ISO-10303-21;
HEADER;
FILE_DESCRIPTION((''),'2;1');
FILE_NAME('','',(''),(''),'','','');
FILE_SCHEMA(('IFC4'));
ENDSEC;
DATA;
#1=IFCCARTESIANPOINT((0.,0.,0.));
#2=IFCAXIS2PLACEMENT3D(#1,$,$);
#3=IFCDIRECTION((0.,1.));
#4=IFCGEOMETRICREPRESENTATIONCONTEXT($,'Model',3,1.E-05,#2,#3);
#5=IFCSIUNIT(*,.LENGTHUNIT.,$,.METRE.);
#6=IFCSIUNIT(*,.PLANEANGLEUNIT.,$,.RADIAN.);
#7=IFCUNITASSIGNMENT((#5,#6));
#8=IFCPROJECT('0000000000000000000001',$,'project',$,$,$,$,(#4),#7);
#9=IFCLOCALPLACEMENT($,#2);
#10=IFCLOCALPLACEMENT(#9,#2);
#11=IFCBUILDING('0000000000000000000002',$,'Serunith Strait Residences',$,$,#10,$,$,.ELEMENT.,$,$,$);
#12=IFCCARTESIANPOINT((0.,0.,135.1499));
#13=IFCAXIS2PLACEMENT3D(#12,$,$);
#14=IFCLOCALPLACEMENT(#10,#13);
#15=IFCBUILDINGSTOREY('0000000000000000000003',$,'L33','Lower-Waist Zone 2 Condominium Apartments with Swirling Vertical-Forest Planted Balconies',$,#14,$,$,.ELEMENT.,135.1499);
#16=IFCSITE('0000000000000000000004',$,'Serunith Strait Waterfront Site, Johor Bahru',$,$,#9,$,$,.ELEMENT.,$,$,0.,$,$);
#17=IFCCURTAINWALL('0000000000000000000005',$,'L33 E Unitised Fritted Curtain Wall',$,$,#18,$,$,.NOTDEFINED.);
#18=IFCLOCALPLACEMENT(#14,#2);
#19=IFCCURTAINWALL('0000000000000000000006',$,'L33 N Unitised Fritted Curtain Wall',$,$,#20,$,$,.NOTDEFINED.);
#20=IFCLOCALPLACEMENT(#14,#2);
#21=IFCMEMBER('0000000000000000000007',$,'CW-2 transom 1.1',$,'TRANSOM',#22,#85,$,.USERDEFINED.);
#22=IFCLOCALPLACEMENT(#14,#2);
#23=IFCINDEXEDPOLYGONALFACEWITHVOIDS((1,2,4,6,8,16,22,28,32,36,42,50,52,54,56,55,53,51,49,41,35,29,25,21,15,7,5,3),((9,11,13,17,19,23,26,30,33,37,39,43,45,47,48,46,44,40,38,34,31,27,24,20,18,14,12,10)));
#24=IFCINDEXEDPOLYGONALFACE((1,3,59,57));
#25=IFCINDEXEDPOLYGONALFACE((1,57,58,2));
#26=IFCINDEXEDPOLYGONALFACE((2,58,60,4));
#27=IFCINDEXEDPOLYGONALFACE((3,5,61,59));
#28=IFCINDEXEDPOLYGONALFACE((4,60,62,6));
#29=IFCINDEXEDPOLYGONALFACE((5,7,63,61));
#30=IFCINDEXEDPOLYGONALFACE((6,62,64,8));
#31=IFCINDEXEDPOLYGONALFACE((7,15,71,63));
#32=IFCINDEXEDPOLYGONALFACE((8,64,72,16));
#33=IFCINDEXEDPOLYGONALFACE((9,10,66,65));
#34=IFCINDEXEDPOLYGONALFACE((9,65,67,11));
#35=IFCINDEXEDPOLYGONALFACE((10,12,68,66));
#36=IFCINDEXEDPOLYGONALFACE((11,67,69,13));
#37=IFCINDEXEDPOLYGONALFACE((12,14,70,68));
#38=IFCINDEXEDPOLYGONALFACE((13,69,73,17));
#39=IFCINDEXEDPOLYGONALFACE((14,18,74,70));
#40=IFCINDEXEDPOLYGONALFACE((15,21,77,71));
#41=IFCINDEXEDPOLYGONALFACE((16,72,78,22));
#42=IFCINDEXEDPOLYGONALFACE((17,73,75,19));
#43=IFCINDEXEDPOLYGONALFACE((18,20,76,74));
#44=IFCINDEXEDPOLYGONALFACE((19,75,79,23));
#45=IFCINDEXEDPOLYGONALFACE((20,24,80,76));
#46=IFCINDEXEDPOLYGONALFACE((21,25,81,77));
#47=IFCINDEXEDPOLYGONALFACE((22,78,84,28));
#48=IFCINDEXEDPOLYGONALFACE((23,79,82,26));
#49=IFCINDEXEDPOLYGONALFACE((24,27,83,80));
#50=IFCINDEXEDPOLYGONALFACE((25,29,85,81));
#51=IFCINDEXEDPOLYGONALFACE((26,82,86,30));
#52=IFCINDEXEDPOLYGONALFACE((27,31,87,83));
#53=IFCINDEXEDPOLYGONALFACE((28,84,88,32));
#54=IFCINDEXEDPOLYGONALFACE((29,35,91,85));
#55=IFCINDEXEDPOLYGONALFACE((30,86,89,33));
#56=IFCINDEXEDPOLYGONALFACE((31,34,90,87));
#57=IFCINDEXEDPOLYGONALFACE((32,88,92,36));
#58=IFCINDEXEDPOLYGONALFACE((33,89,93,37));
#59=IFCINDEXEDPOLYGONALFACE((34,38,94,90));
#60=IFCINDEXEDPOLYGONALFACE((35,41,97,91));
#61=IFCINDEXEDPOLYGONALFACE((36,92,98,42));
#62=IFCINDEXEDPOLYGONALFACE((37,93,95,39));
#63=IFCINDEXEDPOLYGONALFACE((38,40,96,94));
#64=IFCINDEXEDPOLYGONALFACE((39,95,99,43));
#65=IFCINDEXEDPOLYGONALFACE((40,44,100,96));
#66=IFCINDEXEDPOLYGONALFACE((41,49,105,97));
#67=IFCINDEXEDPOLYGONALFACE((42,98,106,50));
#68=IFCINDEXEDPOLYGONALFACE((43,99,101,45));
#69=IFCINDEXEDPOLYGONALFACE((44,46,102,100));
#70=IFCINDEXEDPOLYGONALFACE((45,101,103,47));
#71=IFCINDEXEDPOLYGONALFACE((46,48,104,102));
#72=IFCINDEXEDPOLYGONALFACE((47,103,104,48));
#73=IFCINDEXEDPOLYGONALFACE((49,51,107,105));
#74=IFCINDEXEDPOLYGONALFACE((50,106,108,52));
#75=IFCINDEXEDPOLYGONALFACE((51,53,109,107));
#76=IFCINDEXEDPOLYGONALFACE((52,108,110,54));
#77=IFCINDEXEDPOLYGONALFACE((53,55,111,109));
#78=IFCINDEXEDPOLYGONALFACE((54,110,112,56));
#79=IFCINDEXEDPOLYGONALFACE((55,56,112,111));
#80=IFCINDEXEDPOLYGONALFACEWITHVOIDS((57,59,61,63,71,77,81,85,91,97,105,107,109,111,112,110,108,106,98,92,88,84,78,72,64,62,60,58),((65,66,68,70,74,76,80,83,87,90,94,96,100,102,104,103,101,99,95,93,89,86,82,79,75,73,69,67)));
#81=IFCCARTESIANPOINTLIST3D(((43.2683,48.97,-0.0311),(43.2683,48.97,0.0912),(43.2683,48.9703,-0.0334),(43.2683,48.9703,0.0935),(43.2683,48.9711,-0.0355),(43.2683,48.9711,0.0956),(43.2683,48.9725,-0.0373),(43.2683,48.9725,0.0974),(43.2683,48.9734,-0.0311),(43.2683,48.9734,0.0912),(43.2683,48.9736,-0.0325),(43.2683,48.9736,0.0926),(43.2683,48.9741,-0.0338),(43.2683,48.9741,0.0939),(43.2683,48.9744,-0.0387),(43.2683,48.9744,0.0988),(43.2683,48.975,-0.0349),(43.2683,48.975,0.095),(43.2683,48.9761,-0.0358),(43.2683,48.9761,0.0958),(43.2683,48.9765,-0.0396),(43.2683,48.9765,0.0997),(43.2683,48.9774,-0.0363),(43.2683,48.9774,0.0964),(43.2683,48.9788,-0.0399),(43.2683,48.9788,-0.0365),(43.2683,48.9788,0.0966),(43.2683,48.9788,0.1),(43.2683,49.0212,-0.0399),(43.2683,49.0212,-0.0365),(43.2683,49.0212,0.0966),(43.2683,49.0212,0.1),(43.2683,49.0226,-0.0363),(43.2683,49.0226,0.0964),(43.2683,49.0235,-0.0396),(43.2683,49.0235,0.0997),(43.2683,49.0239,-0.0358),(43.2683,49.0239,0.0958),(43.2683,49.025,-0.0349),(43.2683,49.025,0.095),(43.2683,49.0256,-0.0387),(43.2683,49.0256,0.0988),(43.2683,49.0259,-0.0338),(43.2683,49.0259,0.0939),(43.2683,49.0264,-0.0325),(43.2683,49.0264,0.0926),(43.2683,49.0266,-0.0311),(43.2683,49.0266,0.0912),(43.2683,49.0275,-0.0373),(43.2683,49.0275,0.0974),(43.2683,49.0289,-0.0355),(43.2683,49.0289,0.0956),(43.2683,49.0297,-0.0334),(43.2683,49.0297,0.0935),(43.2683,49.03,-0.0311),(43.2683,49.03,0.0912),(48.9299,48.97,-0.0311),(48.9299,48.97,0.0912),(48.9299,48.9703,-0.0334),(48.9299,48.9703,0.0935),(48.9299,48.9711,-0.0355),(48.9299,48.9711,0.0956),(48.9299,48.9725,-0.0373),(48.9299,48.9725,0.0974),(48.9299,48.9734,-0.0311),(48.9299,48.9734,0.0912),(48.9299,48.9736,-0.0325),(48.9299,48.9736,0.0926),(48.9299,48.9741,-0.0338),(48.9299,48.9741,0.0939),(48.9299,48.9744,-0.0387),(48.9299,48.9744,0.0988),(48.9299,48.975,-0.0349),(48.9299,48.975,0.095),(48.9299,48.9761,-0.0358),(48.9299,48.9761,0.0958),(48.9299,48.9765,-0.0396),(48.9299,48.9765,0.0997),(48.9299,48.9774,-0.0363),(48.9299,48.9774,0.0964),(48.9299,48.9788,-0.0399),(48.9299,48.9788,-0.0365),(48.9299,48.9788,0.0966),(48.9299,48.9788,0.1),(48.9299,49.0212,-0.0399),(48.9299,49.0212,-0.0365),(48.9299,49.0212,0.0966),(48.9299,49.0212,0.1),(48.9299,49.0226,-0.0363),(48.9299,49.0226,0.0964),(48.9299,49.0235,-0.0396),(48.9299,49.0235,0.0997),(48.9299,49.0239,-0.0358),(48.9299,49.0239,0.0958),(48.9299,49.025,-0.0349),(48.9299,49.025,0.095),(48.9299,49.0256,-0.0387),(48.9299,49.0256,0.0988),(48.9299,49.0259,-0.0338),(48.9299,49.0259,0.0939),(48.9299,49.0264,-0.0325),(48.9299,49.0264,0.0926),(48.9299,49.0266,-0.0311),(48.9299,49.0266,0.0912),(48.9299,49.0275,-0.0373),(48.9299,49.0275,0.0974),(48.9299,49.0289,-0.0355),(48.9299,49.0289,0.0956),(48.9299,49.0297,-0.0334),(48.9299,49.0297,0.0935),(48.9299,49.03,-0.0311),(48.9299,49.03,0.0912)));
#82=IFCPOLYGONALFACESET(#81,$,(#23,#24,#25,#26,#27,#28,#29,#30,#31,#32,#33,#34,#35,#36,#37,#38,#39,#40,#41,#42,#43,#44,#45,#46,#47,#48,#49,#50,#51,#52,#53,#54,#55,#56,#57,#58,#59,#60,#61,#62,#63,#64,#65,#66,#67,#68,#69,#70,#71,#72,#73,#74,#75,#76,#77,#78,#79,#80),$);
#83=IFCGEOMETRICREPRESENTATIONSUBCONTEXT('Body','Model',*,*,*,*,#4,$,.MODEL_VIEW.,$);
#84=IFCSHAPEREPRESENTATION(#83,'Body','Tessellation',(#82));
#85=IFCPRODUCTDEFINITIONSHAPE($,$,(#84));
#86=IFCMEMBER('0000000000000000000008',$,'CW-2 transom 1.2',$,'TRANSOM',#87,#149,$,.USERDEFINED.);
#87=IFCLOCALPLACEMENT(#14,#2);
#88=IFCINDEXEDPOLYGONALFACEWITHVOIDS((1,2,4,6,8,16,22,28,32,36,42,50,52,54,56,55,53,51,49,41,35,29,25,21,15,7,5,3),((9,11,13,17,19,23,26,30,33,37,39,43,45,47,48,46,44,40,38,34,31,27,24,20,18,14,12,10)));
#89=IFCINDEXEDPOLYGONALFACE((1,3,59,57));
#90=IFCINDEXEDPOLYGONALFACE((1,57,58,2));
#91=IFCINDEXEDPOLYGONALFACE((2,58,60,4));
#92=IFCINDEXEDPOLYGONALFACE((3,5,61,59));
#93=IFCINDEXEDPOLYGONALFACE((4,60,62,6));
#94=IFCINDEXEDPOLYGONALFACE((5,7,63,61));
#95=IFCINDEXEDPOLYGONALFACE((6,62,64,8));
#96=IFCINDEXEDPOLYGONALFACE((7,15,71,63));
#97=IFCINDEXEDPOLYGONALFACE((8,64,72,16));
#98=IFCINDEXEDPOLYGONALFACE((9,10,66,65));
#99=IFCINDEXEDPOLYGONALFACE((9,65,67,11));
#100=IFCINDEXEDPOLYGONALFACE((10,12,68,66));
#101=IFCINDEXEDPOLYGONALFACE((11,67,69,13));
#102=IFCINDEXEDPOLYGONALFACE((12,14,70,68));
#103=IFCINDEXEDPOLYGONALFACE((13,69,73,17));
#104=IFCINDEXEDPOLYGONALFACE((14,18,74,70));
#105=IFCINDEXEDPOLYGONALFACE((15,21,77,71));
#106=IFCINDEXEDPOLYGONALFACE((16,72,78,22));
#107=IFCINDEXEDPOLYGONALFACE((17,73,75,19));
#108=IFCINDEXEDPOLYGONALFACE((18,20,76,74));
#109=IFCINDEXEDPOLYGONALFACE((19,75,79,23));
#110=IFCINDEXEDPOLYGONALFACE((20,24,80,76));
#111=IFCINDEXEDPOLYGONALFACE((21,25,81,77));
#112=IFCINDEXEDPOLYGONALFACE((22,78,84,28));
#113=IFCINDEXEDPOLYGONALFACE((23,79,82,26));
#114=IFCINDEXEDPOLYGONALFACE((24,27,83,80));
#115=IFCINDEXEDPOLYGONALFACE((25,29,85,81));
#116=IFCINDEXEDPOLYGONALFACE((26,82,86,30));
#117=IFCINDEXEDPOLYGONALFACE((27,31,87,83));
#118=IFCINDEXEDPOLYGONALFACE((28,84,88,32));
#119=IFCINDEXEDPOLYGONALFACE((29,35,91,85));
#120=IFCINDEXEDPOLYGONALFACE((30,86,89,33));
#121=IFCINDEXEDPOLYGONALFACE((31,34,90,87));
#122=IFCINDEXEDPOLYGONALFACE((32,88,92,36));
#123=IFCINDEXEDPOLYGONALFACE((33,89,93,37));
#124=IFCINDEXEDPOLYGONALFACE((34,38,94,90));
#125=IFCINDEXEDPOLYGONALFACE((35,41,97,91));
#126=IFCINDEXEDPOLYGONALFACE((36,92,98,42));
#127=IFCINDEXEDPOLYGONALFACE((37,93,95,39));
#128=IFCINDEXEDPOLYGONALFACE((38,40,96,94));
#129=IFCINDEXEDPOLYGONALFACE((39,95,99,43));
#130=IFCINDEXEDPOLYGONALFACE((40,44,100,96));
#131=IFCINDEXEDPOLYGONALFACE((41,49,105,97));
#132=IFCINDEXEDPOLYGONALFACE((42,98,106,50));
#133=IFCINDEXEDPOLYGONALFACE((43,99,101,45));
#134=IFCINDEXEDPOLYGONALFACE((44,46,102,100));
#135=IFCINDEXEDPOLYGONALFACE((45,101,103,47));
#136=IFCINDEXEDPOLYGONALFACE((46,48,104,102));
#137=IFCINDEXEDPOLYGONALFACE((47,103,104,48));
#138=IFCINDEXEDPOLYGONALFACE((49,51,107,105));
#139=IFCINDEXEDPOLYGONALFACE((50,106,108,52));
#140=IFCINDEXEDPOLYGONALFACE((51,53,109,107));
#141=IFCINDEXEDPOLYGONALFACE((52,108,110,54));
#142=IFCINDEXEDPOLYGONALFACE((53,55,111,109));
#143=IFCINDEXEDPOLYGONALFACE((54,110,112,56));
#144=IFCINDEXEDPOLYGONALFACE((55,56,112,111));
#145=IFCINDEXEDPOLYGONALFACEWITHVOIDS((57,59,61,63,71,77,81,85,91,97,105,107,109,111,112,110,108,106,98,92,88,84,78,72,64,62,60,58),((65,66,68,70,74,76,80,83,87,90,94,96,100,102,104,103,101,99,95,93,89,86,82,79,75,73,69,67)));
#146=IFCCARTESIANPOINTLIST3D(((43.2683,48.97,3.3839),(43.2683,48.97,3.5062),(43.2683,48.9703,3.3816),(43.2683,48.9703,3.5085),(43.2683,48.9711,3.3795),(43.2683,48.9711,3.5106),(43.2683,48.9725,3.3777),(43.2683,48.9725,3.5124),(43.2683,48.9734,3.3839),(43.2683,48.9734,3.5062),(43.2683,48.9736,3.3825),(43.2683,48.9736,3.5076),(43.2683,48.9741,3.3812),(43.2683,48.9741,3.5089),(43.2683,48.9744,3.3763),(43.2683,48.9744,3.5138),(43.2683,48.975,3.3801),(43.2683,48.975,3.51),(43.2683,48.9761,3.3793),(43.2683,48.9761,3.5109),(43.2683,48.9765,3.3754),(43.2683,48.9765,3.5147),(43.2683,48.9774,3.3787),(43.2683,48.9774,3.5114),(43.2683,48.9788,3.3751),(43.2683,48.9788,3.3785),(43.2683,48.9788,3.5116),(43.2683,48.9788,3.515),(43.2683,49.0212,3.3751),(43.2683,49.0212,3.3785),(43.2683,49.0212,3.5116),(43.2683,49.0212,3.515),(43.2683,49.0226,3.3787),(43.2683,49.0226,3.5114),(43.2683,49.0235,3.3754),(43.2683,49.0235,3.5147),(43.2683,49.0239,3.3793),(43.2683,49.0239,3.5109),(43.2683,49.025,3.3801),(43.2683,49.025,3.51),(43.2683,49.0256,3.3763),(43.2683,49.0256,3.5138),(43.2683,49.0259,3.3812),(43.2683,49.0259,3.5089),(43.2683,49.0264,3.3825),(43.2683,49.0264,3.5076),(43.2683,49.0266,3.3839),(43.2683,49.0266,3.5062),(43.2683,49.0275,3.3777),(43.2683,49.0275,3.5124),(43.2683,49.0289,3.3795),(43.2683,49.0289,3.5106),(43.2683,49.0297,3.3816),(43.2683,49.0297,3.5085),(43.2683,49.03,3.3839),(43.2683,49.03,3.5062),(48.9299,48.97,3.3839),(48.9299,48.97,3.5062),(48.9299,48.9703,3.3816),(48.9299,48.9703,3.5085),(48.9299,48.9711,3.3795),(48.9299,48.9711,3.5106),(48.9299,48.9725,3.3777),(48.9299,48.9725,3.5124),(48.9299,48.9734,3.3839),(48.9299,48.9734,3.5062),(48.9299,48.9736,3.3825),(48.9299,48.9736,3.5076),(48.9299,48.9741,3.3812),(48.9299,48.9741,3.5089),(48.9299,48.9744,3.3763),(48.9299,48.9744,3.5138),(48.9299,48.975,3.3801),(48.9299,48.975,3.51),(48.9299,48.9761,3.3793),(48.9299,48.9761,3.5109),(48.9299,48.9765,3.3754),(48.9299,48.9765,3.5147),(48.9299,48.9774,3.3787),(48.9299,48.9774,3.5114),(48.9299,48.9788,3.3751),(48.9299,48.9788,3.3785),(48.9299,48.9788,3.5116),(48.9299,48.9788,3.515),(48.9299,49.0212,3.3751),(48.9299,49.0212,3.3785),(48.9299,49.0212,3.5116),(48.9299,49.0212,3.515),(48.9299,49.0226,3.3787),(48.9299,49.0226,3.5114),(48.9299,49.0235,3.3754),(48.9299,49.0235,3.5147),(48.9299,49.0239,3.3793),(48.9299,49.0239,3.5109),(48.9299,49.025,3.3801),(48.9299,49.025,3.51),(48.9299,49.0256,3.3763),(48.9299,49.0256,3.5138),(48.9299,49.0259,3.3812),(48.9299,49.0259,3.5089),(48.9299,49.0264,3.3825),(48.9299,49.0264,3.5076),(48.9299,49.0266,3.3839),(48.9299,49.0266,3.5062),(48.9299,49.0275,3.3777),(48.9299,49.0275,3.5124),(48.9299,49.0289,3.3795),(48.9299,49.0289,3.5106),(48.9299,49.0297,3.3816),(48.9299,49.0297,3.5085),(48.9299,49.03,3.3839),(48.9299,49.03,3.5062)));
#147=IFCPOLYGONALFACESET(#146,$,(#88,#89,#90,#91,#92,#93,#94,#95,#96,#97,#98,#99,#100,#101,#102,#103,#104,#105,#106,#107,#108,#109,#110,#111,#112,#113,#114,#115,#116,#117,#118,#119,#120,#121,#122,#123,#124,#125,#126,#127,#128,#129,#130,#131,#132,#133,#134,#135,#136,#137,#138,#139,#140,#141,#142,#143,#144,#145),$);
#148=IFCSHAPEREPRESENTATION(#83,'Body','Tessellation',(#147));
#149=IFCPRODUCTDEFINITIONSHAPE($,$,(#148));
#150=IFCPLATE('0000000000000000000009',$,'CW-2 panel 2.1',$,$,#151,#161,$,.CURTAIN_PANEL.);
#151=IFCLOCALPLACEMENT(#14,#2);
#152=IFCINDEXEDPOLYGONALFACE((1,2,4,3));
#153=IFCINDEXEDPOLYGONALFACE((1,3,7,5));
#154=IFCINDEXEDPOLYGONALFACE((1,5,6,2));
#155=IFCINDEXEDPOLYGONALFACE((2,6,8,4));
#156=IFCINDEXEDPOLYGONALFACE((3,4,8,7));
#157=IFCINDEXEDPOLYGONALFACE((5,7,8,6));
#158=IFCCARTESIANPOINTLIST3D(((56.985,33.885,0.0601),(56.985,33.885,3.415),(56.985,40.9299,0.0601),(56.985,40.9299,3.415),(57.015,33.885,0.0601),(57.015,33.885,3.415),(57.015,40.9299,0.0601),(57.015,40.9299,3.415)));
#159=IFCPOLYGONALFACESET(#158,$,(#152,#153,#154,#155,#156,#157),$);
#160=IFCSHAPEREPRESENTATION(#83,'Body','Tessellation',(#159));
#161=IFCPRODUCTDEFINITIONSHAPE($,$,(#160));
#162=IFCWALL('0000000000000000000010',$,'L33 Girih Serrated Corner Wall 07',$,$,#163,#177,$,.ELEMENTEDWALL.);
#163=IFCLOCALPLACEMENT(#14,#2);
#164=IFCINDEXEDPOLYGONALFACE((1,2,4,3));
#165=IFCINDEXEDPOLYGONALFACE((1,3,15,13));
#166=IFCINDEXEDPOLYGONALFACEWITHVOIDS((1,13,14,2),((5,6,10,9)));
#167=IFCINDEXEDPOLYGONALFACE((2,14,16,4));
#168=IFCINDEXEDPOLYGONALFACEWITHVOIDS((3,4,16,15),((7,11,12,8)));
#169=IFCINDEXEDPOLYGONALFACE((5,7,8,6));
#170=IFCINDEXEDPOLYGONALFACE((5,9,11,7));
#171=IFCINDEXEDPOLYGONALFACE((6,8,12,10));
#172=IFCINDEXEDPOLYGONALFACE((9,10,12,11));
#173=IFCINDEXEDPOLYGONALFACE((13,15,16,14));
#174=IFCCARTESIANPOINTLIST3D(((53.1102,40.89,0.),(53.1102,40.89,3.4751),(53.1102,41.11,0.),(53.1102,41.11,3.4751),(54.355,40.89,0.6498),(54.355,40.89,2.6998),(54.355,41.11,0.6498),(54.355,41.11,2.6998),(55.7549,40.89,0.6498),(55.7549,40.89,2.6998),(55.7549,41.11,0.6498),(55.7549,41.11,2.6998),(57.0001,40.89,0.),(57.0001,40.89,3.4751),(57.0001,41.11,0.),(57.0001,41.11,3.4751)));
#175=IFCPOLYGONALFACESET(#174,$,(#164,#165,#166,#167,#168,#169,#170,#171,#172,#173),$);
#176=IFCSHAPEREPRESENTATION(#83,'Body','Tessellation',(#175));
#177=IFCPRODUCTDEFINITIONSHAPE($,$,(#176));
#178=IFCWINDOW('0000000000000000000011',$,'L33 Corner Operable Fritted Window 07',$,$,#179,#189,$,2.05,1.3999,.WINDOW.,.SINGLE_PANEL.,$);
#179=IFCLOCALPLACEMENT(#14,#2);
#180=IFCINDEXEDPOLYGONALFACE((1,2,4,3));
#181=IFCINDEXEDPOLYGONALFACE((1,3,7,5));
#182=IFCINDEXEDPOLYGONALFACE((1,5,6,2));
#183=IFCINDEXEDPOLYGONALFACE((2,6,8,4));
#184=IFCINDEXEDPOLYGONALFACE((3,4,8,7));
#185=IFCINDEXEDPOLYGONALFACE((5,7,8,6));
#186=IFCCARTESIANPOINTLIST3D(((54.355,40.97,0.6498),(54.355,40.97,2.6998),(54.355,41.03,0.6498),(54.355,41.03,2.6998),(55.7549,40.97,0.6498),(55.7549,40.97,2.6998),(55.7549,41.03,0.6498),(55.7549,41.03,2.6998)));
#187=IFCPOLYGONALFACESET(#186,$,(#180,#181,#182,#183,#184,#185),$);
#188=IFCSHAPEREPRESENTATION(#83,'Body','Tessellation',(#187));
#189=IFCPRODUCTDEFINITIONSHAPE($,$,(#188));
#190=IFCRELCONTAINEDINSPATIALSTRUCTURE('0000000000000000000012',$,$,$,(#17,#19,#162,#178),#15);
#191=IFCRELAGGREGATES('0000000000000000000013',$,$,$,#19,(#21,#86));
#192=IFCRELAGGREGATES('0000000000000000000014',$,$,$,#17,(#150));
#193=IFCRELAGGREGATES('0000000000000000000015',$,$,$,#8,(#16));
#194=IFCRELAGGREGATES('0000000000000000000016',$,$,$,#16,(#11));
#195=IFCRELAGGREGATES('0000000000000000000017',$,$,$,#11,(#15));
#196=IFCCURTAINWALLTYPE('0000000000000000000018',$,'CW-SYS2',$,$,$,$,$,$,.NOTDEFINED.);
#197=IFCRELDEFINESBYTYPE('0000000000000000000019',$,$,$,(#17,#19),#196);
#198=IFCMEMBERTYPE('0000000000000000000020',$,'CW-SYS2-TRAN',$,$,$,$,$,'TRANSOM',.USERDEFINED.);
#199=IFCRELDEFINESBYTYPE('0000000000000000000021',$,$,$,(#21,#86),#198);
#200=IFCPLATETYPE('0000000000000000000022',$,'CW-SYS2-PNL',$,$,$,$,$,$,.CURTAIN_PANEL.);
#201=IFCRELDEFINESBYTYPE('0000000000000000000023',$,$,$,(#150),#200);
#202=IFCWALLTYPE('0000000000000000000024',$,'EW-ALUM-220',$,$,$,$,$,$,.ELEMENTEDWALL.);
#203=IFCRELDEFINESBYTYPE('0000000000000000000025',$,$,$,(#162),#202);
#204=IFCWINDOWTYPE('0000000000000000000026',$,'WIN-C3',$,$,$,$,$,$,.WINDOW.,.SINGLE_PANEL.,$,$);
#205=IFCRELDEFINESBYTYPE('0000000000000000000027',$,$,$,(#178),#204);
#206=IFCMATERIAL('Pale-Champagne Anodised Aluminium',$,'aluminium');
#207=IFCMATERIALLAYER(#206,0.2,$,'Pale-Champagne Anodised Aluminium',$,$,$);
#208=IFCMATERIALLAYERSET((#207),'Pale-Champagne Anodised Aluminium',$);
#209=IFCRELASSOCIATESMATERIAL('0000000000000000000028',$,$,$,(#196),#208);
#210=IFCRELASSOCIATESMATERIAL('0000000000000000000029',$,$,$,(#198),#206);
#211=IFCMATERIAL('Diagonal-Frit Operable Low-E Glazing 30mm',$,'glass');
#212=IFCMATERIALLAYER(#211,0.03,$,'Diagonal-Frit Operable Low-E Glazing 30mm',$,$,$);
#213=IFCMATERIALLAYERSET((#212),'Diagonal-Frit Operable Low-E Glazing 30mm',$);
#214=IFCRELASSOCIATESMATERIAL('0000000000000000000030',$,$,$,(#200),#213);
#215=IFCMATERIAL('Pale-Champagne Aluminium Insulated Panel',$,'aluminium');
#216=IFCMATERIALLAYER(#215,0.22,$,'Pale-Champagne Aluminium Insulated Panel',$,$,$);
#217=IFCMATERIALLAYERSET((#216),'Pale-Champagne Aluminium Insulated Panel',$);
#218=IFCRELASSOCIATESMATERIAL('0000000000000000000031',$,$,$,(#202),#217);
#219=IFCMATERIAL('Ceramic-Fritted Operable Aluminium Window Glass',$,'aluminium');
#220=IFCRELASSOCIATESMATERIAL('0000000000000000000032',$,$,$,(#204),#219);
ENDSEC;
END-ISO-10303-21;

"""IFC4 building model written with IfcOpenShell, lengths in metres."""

from ifc_helpers import new_model, si_unit, direction, frame, frame_2d, origin, origin_2d, place, context, subcontext, project, spatial, rectangle, hollow_rectangle, extrude, source, transform, mapped, material, layer, layer_set, material_profile, profile_set, type_object, element, fill, aggregate, save


model = new_model("IFC4")

# Units and contexts
model_context = context("Model", 3, precision=1e-05, world=origin(), true_north=direction((0.0, 1.0)))
body_context = subcontext(model_context, "Body", "Model", "MODEL_VIEW")
ifc_project = project(units=[si_unit("LENGTHUNIT", "METRE"), si_unit("PLANEANGLEUNIT", "RADIAN")], contexts=[model_context])

# Site, building, storey
site_placement = place(None, origin())
site = spatial("IfcSite", under=ifc_project, at=site_placement, Name="Serunith Strait Waterfront Site, Johor Bahru", CompositionType="ELEMENT", RefElevation=0.0)
building_placement = place(site_placement, origin())
building = spatial("IfcBuilding", under=site, at=building_placement, Name="Serunith Strait Residences", CompositionType="ELEMENT")
storey_placement = place(building_placement, frame((0.0, 0.0, 135.1499)))
storey = spatial("IfcBuildingStorey", under=building, at=storey_placement, Name="L33", Description="Lower-Waist Zone 2 Condominium Apartments with Swirling Vertical-Forest Planted Balconies", CompositionType="ELEMENT", Elevation=135.1499)

# Curtain wall
ifc_material_1 = material(Name="Pale-Champagne Anodised Aluminium", Category="aluminium")
ifc_layer_1 = layer(ifc_material_1, 0.2, Name="Pale-Champagne Anodised Aluminium")
ifc_layer_set_1 = layer_set([ifc_layer_1], Name="Pale-Champagne Anodised Aluminium")
curtain_wall_type = type_object("IfcCurtainWallType", Name="CW-SYS2", PredefinedType="NOTDEFINED", material=ifc_layer_set_1)
curtain_wall_1_placement = place(storey_placement, origin())
curtain_wall_1 = element("IfcCurtainWall", 1, at=curtain_wall_1_placement, inside=storey, type_object=curtain_wall_type, Name="L33 E Unitised Fritted Curtain Wall", PredefinedType="NOTDEFINED")

# Curtain wall, members
curtain_wall_2_placement = place(storey_placement, origin())
curtain_wall_2 = element("IfcCurtainWall", 2, at=curtain_wall_2_placement, inside=storey, type_object=curtain_wall_type, Name="L33 N Unitised Fritted Curtain Wall", PredefinedType="NOTDEFINED")
ifc_material_profile_1 = material_profile(ifc_material_1, hollow_rectangle(XDim=0.0601, YDim=0.1399, WallThickness=0.0034, InnerFilletRadius=0.0054, OuterFilletRadius=0.0088, at=origin_2d()), Name="ALU 140x60x3.5")
ifc_profile_set_1 = profile_set([ifc_material_profile_1], Name="Pale-Champagne Anodised Aluminium")
member_type_1 = type_object("IfcMemberType", Name="CW-SYS2-TRAN", ElementType="TRANSOM", PredefinedType="USERDEFINED", material=ifc_profile_set_1)
shared_shape_1 = source(origin(), body_context, "Body", "SweptSolid", [
    extrude(hollow_rectangle(XDim=0.0601, YDim=0.1399, WallThickness=0.0034, InnerFilletRadius=0.0054, OuterFilletRadius=0.0088, at=origin_2d()), origin(), (0.0, 0.0, 1.0), 5.6616),
])
member_1_placement = place(storey_placement, frame((48.9299, 49.0, 0.03), z_axis=(-1.0, 0.0, 0.0), x_axis=(0.0, -1.0, 0.0)))
member_1 = element("IfcMember", 3, at=member_1_placement, type_object=member_type_1, Name="CW-2 transom 1.1", ObjectType="TRANSOM", PredefinedType="USERDEFINED", context=body_context, shape_type="MappedRepresentation", body=[
    mapped(shared_shape_1, transform((0.0, 0.0, 0.0), scale=1.0)),
])
member_2_placement = place(storey_placement, frame((48.9299, 49.0, 3.4451), z_axis=(-1.0, 0.0, 0.0), x_axis=(0.0, -1.0, 0.0)))
member_2 = element("IfcMember", 4, at=member_2_placement, type_object=member_type_1, Name="CW-2 transom 1.2", ObjectType="TRANSOM", PredefinedType="USERDEFINED", context=body_context, shape_type="MappedRepresentation", body=[
    mapped(shared_shape_1, transform((0.0, 0.0, 0.0), scale=1.0)),
])
aggregate(curtain_wall_2, [member_1, member_2])

# Plate
ifc_material_2 = material(Name="Diagonal-Frit Operable Low-E Glazing 30mm", Category="glass")
ifc_layer_2 = layer(ifc_material_2, 0.03, Name="Diagonal-Frit Operable Low-E Glazing 30mm")
ifc_layer_set_2 = layer_set([ifc_layer_2], Name="Diagonal-Frit Operable Low-E Glazing 30mm")
plate_type = type_object("IfcPlateType", Name="CW-SYS2-PNL", PredefinedType="CURTAIN_PANEL", material=ifc_layer_set_2)
shared_shape_2 = source(origin(), body_context, "Body", "SweptSolid", [
    extrude(rectangle(XDim=7.0449, YDim=0.03, at=origin_2d()), origin(), (0.0, 0.0, 1.0), 3.355),
])
plate_placement = place(storey_placement, frame((57.0, 37.4075, 0.0601), z_axis=(0.0, 0.0, 1.0), x_axis=(0.0, 1.0, 0.0)))
plate = element("IfcPlate", 5, at=plate_placement, type_object=plate_type, Name="CW-2 panel 2.1", PredefinedType="CURTAIN_PANEL", context=body_context, shape_type="MappedRepresentation", body=[
    mapped(shared_shape_2, transform((0.0, 0.0, 0.0), scale=1.0)),
])
aggregate(curtain_wall_1, [plate])

# Wall, opening, window
ifc_material_3 = material(Name="Pale-Champagne Aluminium Insulated Panel", Category="aluminium")
ifc_layer_3 = layer(ifc_material_3, 0.22, Name="Pale-Champagne Aluminium Insulated Panel")
ifc_layer_set_3 = layer_set([ifc_layer_3], Name="Pale-Champagne Aluminium Insulated Panel")
wall_type_1 = type_object("IfcWallType", Name="EW-ALUM-220", PredefinedType="ELEMENTEDWALL", material=ifc_layer_set_3)
wall_1_placement = place(storey_placement, frame((57.0, 41.0, 0.0), z_axis=(0.0, 0.0, 1.0), x_axis=(-1.0, 0.0, 0.0)))
wall_1 = element("IfcWall", 6, at=wall_1_placement, inside=storey, type_object=wall_type_1, Name="L33 Girih Serrated Corner Wall 07", PredefinedType="ELEMENTEDWALL", context=body_context, shape_type="SweptSolid", body=[
    extrude(rectangle(XDim=3.8899, YDim=0.22, at=frame_2d((1.9448, 0.0))), origin(), (0.0, 0.0, 1.0), 3.4751),
])
opening_1_placement = place(wall_1_placement, frame((1.2451, 0.0, 0.6499)))
opening_1 = element("IfcOpeningElement", 7, at=opening_1_placement, cuts=wall_1, PredefinedType="OPENING", context=body_context, shape_type="SweptSolid", body=[
    extrude(rectangle(XDim=1.3999, YDim=2.05, at=frame_2d((0.7, 1.0249))), frame((0.0, 0.1201, 0.0), z_axis=(0.0, -1.0, 0.0), x_axis=(1.0, 0.0, 0.0)), (0.0, 0.0, 1.0), 0.24),
])
ifc_material_4 = material(Name="Ceramic-Fritted Operable Aluminium Window Glass", Category="aluminium")
window_type = type_object("IfcWindowType", Name="WIN-C3", PartitioningType="SINGLE_PANEL", PredefinedType="WINDOW", material=ifc_material_4)
shared_shape_3 = source(origin(), body_context, "Body", "SweptSolid", [
    extrude(rectangle(XDim=1.3999, YDim=2.05, at=frame_2d((0.7, 1.0249))), frame((0.0, 0.03, 0.0), z_axis=(0.0, -1.0, 0.0), x_axis=(1.0, 0.0, 0.0)), (0.0, 0.0, 1.0), 0.0601),
])
window_1_placement = place(opening_1_placement, origin())
window_1 = element("IfcWindow", 8, at=window_1_placement, inside=storey, type_object=window_type, Name="L33 Corner Operable Fritted Window 07", OverallHeight=2.05, OverallWidth=1.3999, PartitioningType="SINGLE_PANEL", PredefinedType="WINDOW", context=body_context, shape_type="MappedRepresentation", body=[
    mapped(shared_shape_3, transform((0.0, 0.0, 0.0), scale=1.0)),
])
fill(opening_1, window_1)

save(model, "model.ifc")
